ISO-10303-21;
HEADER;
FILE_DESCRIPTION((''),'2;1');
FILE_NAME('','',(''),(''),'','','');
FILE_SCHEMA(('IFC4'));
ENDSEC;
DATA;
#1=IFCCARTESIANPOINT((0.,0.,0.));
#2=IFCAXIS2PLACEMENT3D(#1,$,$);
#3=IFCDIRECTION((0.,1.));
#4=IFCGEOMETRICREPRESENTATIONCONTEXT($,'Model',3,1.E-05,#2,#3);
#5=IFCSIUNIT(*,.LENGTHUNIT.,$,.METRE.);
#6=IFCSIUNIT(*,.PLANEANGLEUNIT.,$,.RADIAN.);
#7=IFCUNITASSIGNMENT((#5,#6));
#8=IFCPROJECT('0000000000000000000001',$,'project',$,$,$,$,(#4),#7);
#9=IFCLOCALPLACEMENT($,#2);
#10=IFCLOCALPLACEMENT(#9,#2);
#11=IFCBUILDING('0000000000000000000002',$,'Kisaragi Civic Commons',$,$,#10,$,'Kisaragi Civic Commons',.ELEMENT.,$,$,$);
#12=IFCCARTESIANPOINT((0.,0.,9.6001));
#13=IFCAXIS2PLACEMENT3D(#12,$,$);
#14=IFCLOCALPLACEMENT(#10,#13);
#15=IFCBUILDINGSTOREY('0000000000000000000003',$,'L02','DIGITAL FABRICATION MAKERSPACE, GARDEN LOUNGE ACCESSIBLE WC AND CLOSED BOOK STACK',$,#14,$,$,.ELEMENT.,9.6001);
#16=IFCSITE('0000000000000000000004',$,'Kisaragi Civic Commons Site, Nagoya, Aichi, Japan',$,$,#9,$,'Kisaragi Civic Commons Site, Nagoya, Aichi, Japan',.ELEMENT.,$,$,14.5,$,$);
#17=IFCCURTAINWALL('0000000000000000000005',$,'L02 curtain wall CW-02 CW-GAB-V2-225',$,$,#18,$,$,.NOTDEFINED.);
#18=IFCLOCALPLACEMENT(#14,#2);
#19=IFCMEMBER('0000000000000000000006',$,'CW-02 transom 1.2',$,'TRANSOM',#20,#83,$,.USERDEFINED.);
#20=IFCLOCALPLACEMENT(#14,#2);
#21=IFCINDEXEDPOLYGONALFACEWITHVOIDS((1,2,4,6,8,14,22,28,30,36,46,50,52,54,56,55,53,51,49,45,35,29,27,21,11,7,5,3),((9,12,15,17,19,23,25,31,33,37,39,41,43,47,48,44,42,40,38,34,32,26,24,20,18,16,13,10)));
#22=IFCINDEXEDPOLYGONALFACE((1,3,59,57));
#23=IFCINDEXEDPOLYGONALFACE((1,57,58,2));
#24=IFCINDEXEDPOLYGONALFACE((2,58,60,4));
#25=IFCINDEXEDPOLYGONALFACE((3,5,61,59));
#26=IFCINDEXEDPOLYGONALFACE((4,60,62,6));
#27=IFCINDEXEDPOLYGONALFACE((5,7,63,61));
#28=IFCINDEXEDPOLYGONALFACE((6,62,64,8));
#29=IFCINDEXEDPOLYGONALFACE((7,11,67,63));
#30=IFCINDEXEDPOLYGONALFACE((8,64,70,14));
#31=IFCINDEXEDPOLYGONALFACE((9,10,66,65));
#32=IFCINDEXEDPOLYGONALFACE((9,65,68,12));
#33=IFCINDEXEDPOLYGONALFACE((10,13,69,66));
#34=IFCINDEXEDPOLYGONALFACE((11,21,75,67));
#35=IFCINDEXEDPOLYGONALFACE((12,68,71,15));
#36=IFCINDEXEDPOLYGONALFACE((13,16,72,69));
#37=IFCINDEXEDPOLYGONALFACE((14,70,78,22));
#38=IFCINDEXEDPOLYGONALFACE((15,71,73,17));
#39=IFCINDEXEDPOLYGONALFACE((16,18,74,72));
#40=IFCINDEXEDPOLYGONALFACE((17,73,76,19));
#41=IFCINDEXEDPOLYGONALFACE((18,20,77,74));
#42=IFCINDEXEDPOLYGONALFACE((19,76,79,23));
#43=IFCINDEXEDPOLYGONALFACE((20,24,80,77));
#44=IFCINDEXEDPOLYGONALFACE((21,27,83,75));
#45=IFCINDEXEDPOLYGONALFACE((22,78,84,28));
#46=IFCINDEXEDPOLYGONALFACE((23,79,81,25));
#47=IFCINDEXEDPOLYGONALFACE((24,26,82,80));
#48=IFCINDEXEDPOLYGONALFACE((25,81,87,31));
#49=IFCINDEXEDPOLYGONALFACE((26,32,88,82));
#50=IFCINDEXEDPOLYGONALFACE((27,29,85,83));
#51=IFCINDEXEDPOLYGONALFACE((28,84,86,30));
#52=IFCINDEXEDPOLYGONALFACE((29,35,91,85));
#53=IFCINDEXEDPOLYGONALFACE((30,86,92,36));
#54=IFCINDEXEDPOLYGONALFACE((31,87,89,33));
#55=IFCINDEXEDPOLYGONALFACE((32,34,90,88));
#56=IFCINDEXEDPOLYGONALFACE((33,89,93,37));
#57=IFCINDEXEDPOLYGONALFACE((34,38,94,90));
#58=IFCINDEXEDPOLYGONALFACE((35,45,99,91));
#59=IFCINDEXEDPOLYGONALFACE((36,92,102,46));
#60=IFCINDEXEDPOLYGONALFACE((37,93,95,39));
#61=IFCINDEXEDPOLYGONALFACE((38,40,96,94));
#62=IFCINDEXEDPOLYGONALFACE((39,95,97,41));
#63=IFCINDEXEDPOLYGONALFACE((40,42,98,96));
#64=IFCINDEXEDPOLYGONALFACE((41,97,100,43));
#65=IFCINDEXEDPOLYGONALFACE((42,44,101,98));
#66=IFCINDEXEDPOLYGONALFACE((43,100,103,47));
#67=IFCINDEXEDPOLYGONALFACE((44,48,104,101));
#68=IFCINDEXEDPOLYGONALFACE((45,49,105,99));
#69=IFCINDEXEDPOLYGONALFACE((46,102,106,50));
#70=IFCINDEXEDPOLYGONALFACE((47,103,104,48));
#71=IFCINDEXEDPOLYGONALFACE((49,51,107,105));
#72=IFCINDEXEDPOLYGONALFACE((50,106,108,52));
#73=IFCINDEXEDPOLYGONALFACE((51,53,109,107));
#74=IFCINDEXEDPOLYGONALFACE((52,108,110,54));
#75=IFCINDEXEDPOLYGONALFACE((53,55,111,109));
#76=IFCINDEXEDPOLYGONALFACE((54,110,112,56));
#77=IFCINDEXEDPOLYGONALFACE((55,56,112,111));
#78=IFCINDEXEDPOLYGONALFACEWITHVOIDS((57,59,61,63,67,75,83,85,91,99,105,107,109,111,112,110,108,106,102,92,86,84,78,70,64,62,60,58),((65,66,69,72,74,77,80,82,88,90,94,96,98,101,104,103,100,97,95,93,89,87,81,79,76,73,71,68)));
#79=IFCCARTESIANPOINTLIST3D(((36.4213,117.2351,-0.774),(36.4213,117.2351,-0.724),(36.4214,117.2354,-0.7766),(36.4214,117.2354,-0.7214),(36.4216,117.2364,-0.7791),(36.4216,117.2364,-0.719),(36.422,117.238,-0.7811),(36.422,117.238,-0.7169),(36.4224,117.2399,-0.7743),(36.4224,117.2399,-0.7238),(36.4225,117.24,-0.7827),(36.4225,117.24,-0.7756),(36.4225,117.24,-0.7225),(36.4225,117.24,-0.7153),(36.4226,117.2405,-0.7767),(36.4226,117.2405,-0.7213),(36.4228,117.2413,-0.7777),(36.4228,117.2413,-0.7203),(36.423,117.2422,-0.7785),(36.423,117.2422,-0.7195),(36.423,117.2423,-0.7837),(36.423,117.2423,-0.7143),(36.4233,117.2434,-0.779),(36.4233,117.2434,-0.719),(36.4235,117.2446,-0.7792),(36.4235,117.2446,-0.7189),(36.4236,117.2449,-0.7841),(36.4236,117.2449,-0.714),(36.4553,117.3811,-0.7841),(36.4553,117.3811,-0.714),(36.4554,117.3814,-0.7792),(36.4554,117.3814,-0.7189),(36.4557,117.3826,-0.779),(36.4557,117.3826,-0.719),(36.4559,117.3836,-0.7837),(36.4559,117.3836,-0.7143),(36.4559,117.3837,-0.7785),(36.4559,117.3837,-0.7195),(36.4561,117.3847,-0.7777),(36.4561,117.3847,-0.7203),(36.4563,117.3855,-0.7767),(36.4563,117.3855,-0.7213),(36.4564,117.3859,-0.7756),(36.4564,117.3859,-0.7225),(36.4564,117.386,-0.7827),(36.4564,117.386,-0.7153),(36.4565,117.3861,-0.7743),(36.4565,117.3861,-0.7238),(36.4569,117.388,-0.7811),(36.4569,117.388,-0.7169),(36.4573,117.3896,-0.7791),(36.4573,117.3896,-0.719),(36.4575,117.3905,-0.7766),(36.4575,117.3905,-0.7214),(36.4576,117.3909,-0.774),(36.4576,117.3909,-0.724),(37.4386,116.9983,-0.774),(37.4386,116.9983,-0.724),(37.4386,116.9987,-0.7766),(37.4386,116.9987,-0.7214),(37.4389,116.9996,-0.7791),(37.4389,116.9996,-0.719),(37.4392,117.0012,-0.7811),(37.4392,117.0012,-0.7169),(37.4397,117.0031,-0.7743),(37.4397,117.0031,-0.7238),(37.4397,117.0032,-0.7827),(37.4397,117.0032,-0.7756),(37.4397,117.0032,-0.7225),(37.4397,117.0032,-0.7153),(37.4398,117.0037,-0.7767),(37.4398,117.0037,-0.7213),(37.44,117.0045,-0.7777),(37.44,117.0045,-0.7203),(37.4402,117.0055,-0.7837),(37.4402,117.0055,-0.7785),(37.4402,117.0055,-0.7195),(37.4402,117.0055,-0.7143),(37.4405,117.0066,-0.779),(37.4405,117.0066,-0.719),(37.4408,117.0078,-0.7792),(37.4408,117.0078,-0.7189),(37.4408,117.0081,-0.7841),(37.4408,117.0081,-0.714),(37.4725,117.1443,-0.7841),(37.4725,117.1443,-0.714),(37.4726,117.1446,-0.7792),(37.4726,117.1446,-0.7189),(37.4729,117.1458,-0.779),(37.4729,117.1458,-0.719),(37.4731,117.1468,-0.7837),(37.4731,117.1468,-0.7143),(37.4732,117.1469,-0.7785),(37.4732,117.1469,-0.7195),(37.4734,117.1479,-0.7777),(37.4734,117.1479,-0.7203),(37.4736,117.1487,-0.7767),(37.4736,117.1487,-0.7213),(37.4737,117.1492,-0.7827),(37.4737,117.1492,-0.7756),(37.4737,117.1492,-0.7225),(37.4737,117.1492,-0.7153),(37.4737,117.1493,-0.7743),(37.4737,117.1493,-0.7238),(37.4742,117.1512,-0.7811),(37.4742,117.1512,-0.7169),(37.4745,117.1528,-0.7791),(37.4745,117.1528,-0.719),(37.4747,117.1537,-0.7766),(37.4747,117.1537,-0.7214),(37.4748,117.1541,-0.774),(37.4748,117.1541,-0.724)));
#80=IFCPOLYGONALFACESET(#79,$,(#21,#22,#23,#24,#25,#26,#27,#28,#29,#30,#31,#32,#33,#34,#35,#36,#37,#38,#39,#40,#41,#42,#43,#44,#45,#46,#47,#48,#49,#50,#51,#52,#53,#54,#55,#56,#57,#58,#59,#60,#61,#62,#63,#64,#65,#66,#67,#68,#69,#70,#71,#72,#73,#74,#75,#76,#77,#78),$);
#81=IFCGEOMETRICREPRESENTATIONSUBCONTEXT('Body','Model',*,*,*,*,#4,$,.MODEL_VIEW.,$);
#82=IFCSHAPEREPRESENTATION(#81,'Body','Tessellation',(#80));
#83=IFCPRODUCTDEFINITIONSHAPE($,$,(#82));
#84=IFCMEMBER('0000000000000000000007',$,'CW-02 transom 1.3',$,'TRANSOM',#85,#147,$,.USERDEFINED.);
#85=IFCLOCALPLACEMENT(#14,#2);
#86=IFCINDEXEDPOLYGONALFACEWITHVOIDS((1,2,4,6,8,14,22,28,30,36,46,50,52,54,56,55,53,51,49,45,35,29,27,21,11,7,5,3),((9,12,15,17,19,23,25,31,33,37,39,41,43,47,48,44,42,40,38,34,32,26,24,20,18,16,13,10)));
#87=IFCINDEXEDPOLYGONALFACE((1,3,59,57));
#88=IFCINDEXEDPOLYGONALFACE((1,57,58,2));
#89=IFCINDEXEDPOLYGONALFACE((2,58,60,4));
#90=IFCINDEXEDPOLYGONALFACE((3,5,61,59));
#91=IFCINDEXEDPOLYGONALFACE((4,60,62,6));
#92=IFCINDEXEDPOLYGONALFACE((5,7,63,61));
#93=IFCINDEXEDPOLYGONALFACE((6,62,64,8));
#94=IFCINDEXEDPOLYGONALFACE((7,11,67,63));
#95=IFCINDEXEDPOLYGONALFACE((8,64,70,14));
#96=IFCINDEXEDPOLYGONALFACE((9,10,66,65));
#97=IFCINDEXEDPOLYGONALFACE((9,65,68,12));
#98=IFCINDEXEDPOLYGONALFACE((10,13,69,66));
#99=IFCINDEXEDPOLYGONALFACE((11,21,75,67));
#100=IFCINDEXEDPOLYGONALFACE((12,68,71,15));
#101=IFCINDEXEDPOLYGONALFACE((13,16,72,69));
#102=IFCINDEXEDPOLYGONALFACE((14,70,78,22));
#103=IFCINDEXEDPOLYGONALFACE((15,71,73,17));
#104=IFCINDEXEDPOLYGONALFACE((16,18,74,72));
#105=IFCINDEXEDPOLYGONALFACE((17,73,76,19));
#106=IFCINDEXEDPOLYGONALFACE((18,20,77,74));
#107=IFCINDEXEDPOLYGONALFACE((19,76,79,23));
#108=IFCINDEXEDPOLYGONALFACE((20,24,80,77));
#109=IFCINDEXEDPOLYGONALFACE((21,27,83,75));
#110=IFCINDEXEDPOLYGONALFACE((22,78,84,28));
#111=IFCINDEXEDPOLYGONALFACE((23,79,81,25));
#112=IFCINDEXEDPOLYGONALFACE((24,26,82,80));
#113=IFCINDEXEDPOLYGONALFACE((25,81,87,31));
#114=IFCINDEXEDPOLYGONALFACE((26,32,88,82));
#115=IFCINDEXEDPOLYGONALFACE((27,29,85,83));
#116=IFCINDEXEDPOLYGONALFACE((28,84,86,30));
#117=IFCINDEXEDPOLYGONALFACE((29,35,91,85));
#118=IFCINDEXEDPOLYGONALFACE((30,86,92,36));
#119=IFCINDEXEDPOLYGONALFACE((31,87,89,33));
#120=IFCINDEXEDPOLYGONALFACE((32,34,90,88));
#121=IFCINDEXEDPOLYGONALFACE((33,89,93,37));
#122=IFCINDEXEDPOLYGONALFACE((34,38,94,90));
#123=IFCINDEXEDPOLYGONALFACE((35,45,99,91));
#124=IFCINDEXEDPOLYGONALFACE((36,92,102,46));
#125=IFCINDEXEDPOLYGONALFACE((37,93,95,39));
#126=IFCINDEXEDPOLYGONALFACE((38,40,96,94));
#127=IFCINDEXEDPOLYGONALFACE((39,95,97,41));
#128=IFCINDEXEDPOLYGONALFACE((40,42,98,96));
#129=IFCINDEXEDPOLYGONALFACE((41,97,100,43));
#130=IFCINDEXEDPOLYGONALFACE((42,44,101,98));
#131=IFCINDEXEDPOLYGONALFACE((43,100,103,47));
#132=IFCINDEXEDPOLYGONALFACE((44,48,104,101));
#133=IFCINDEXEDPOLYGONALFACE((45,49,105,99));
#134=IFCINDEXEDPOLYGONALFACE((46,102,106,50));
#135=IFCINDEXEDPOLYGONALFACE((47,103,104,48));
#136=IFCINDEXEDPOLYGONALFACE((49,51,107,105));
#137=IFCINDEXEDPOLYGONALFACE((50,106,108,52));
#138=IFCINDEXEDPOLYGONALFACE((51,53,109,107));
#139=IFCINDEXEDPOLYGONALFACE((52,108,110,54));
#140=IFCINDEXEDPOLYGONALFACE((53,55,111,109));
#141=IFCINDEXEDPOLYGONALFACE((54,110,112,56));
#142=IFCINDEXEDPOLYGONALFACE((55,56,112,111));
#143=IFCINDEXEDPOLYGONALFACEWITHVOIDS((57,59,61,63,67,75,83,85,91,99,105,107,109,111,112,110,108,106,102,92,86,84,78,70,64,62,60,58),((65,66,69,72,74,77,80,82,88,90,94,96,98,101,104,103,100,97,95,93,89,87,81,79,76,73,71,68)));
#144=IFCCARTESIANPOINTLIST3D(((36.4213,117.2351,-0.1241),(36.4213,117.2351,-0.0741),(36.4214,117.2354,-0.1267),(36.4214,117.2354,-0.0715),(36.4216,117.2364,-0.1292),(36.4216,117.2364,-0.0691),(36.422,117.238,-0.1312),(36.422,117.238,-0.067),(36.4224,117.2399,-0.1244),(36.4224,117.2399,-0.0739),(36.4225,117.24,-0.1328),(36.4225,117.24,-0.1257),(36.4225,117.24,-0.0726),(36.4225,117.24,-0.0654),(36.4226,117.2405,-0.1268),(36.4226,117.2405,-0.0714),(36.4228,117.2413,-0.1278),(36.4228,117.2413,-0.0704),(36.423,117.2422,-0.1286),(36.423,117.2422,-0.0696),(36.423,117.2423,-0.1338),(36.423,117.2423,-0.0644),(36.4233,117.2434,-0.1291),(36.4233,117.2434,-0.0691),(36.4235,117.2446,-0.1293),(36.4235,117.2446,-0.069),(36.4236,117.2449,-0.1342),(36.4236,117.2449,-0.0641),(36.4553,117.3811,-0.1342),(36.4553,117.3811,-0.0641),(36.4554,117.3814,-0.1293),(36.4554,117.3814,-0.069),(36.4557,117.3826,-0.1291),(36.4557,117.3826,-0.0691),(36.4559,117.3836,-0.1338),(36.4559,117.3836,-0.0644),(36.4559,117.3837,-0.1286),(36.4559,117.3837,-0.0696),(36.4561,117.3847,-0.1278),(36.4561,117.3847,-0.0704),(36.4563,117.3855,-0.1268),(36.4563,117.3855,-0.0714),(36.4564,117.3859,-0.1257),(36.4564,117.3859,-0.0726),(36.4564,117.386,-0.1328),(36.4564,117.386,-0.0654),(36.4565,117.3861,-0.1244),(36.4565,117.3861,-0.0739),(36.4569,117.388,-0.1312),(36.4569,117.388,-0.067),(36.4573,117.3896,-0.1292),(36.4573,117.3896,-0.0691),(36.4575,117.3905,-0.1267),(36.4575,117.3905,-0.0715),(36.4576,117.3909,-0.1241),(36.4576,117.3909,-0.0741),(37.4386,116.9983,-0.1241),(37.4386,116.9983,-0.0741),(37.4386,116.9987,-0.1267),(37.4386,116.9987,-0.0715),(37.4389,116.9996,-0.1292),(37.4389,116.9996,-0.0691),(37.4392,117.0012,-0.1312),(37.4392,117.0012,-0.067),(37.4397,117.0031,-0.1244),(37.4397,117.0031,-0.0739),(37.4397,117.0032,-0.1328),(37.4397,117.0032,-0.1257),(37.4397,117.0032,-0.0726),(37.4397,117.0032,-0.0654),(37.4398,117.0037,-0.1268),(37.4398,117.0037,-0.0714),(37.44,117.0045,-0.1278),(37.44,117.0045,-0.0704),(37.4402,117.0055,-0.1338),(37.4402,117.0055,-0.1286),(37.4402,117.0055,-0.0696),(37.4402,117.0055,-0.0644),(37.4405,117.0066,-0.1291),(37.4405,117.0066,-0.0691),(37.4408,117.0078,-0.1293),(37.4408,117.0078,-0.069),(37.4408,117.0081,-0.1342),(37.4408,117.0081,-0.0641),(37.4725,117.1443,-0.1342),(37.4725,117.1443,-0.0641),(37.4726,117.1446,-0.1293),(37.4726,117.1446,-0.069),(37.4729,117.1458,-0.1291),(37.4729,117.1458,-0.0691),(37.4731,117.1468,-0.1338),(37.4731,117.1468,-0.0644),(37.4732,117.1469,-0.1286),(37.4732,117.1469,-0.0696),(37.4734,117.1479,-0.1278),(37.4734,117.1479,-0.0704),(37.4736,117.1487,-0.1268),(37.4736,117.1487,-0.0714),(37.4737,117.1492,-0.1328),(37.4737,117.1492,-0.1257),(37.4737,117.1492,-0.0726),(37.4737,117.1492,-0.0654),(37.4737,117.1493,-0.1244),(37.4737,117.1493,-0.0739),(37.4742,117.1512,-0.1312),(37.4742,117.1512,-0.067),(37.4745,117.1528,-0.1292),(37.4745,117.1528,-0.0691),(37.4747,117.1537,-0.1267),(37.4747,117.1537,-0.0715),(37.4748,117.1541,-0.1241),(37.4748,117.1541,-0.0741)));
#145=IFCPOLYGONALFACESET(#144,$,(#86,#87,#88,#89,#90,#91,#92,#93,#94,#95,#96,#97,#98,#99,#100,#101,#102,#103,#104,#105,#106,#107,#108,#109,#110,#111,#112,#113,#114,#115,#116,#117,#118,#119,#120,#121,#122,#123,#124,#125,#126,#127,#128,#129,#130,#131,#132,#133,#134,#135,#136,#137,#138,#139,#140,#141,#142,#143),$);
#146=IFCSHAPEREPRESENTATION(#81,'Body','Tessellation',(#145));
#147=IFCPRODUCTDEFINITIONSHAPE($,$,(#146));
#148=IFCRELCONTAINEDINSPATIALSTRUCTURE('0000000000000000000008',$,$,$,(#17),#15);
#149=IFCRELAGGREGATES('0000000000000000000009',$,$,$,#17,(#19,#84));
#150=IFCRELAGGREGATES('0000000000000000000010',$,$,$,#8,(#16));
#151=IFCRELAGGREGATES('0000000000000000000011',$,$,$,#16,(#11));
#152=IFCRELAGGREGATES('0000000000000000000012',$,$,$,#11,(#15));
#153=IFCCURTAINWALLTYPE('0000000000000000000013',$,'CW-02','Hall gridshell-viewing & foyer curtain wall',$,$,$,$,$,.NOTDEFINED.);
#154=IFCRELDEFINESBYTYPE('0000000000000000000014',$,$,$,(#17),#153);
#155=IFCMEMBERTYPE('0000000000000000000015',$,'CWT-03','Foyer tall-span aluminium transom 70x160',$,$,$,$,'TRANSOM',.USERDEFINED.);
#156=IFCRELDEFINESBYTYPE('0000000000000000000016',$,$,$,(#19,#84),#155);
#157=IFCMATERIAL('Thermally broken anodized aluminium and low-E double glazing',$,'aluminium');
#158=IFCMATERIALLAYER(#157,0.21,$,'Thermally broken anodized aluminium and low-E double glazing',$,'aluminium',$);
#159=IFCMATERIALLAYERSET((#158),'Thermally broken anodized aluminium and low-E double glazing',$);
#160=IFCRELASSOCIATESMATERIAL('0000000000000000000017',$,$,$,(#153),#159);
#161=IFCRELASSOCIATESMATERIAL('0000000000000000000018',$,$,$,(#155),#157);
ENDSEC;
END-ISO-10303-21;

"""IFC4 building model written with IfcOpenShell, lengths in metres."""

from ifc_helpers import new_model, si_unit, direction, frame, origin, origin_2d, place, context, subcontext, project, spatial, hollow_rectangle, extrude, material, layer, layer_set, material_profile, profile_set, type_object, element, aggregate, save


model = new_model("IFC4")

# Units and contexts
model_context = context("Model", 3, precision=1e-05, world=origin(), true_north=direction((0.0, 1.0)))
body_context = subcontext(model_context, "Body", "Model", "MODEL_VIEW")
ifc_project = project(units=[si_unit("LENGTHUNIT", "METRE"), si_unit("PLANEANGLEUNIT", "RADIAN")], contexts=[model_context])

# Site, building, storey
site_placement = place(None, origin())
site = spatial("IfcSite", under=ifc_project, at=site_placement, Name="Kisaragi Civic Commons Site, Nagoya, Aichi, Japan", LongName="Kisaragi Civic Commons Site, Nagoya, Aichi, Japan", CompositionType="ELEMENT", RefElevation=14.5)
building_placement = place(site_placement, origin())
building = spatial("IfcBuilding", under=site, at=building_placement, Name="Kisaragi Civic Commons", LongName="Kisaragi Civic Commons", CompositionType="ELEMENT")
storey_placement = place(building_placement, frame((0.0, 0.0, 9.6001)))
storey = spatial("IfcBuildingStorey", under=building, at=storey_placement, Name="L02", Description="DIGITAL FABRICATION MAKERSPACE, GARDEN LOUNGE ACCESSIBLE WC AND CLOSED BOOK STACK", CompositionType="ELEMENT", Elevation=9.6001)

# Curtain wall, members
ifc_material_1 = material(Name="Thermally broken anodized aluminium and low-E double glazing", Category="aluminium")
ifc_layer_1 = layer(ifc_material_1, 0.21, Name="Thermally broken anodized aluminium and low-E double glazing", Category="aluminium")
ifc_layer_set_1 = layer_set([ifc_layer_1], Name="Thermally broken anodized aluminium and low-E double glazing")
curtain_wall_type = type_object("IfcCurtainWallType", Name="CW-02", Description="Hall gridshell-viewing & foyer curtain wall", PredefinedType="NOTDEFINED", material=ifc_layer_set_1)
curtain_wall_placement = place(storey_placement, origin())
curtain_wall = element("IfcCurtainWall", 1, at=curtain_wall_placement, inside=storey, type_object=curtain_wall_type, Name="L02 curtain wall CW-02 CW-GAB-V2-225", PredefinedType="NOTDEFINED")
ifc_material_profile_1 = material_profile(ifc_material_1, hollow_rectangle(XDim=0.1599, YDim=0.0701, WallThickness=0.0049, InnerFilletRadius=0.0049, OuterFilletRadius=0.01, at=origin_2d()), Name="CWT-70x160x5", Category="aluminium")
ifc_profile_set_1 = profile_set([ifc_material_profile_1], Name="Thermally broken anodized aluminium and low-E double glazing")
member_type_1 = type_object("IfcMemberType", Name="CWT-03", Description="Foyer tall-span aluminium transom 70x160", ElementType="TRANSOM", PredefinedType="USERDEFINED", material=ifc_profile_set_1)
member_1_placement = place(storey_placement, frame((36.4395, 117.313, -0.749), z_axis=(0.97396, -0.22672, 0.0), x_axis=(0.22672, 0.97396, 0.0)))
member_1 = element("IfcMember", 2, at=member_1_placement, type_object=member_type_1, Name="CW-02 transom 1.2", ObjectType="TRANSOM", PredefinedType="USERDEFINED", context=body_context, shape_type="SweptSolid", body=[
    extrude(hollow_rectangle(XDim=0.1599, YDim=0.0701, WallThickness=0.0049, InnerFilletRadius=0.0049, OuterFilletRadius=0.01, at=origin_2d()), origin(), (0.0, 0.0, 1.0), 1.0444),
])
member_2_placement = place(storey_placement, frame((36.4395, 117.313, -0.0991), z_axis=(0.97396, -0.22672, 0.0), x_axis=(0.22672, 0.97396, 0.0)))
member_2 = element("IfcMember", 3, at=member_2_placement, type_object=member_type_1, Name="CW-02 transom 1.3", ObjectType="TRANSOM", PredefinedType="USERDEFINED", context=body_context, shape_type="SweptSolid", body=[
    extrude(hollow_rectangle(XDim=0.1599, YDim=0.0701, WallThickness=0.0049, InnerFilletRadius=0.0049, OuterFilletRadius=0.01, at=origin_2d()), origin(), (0.0, 0.0, 1.0), 1.0444),
])

aggregate(curtain_wall, [member_1, member_2])

save(model, "model.ifc")
